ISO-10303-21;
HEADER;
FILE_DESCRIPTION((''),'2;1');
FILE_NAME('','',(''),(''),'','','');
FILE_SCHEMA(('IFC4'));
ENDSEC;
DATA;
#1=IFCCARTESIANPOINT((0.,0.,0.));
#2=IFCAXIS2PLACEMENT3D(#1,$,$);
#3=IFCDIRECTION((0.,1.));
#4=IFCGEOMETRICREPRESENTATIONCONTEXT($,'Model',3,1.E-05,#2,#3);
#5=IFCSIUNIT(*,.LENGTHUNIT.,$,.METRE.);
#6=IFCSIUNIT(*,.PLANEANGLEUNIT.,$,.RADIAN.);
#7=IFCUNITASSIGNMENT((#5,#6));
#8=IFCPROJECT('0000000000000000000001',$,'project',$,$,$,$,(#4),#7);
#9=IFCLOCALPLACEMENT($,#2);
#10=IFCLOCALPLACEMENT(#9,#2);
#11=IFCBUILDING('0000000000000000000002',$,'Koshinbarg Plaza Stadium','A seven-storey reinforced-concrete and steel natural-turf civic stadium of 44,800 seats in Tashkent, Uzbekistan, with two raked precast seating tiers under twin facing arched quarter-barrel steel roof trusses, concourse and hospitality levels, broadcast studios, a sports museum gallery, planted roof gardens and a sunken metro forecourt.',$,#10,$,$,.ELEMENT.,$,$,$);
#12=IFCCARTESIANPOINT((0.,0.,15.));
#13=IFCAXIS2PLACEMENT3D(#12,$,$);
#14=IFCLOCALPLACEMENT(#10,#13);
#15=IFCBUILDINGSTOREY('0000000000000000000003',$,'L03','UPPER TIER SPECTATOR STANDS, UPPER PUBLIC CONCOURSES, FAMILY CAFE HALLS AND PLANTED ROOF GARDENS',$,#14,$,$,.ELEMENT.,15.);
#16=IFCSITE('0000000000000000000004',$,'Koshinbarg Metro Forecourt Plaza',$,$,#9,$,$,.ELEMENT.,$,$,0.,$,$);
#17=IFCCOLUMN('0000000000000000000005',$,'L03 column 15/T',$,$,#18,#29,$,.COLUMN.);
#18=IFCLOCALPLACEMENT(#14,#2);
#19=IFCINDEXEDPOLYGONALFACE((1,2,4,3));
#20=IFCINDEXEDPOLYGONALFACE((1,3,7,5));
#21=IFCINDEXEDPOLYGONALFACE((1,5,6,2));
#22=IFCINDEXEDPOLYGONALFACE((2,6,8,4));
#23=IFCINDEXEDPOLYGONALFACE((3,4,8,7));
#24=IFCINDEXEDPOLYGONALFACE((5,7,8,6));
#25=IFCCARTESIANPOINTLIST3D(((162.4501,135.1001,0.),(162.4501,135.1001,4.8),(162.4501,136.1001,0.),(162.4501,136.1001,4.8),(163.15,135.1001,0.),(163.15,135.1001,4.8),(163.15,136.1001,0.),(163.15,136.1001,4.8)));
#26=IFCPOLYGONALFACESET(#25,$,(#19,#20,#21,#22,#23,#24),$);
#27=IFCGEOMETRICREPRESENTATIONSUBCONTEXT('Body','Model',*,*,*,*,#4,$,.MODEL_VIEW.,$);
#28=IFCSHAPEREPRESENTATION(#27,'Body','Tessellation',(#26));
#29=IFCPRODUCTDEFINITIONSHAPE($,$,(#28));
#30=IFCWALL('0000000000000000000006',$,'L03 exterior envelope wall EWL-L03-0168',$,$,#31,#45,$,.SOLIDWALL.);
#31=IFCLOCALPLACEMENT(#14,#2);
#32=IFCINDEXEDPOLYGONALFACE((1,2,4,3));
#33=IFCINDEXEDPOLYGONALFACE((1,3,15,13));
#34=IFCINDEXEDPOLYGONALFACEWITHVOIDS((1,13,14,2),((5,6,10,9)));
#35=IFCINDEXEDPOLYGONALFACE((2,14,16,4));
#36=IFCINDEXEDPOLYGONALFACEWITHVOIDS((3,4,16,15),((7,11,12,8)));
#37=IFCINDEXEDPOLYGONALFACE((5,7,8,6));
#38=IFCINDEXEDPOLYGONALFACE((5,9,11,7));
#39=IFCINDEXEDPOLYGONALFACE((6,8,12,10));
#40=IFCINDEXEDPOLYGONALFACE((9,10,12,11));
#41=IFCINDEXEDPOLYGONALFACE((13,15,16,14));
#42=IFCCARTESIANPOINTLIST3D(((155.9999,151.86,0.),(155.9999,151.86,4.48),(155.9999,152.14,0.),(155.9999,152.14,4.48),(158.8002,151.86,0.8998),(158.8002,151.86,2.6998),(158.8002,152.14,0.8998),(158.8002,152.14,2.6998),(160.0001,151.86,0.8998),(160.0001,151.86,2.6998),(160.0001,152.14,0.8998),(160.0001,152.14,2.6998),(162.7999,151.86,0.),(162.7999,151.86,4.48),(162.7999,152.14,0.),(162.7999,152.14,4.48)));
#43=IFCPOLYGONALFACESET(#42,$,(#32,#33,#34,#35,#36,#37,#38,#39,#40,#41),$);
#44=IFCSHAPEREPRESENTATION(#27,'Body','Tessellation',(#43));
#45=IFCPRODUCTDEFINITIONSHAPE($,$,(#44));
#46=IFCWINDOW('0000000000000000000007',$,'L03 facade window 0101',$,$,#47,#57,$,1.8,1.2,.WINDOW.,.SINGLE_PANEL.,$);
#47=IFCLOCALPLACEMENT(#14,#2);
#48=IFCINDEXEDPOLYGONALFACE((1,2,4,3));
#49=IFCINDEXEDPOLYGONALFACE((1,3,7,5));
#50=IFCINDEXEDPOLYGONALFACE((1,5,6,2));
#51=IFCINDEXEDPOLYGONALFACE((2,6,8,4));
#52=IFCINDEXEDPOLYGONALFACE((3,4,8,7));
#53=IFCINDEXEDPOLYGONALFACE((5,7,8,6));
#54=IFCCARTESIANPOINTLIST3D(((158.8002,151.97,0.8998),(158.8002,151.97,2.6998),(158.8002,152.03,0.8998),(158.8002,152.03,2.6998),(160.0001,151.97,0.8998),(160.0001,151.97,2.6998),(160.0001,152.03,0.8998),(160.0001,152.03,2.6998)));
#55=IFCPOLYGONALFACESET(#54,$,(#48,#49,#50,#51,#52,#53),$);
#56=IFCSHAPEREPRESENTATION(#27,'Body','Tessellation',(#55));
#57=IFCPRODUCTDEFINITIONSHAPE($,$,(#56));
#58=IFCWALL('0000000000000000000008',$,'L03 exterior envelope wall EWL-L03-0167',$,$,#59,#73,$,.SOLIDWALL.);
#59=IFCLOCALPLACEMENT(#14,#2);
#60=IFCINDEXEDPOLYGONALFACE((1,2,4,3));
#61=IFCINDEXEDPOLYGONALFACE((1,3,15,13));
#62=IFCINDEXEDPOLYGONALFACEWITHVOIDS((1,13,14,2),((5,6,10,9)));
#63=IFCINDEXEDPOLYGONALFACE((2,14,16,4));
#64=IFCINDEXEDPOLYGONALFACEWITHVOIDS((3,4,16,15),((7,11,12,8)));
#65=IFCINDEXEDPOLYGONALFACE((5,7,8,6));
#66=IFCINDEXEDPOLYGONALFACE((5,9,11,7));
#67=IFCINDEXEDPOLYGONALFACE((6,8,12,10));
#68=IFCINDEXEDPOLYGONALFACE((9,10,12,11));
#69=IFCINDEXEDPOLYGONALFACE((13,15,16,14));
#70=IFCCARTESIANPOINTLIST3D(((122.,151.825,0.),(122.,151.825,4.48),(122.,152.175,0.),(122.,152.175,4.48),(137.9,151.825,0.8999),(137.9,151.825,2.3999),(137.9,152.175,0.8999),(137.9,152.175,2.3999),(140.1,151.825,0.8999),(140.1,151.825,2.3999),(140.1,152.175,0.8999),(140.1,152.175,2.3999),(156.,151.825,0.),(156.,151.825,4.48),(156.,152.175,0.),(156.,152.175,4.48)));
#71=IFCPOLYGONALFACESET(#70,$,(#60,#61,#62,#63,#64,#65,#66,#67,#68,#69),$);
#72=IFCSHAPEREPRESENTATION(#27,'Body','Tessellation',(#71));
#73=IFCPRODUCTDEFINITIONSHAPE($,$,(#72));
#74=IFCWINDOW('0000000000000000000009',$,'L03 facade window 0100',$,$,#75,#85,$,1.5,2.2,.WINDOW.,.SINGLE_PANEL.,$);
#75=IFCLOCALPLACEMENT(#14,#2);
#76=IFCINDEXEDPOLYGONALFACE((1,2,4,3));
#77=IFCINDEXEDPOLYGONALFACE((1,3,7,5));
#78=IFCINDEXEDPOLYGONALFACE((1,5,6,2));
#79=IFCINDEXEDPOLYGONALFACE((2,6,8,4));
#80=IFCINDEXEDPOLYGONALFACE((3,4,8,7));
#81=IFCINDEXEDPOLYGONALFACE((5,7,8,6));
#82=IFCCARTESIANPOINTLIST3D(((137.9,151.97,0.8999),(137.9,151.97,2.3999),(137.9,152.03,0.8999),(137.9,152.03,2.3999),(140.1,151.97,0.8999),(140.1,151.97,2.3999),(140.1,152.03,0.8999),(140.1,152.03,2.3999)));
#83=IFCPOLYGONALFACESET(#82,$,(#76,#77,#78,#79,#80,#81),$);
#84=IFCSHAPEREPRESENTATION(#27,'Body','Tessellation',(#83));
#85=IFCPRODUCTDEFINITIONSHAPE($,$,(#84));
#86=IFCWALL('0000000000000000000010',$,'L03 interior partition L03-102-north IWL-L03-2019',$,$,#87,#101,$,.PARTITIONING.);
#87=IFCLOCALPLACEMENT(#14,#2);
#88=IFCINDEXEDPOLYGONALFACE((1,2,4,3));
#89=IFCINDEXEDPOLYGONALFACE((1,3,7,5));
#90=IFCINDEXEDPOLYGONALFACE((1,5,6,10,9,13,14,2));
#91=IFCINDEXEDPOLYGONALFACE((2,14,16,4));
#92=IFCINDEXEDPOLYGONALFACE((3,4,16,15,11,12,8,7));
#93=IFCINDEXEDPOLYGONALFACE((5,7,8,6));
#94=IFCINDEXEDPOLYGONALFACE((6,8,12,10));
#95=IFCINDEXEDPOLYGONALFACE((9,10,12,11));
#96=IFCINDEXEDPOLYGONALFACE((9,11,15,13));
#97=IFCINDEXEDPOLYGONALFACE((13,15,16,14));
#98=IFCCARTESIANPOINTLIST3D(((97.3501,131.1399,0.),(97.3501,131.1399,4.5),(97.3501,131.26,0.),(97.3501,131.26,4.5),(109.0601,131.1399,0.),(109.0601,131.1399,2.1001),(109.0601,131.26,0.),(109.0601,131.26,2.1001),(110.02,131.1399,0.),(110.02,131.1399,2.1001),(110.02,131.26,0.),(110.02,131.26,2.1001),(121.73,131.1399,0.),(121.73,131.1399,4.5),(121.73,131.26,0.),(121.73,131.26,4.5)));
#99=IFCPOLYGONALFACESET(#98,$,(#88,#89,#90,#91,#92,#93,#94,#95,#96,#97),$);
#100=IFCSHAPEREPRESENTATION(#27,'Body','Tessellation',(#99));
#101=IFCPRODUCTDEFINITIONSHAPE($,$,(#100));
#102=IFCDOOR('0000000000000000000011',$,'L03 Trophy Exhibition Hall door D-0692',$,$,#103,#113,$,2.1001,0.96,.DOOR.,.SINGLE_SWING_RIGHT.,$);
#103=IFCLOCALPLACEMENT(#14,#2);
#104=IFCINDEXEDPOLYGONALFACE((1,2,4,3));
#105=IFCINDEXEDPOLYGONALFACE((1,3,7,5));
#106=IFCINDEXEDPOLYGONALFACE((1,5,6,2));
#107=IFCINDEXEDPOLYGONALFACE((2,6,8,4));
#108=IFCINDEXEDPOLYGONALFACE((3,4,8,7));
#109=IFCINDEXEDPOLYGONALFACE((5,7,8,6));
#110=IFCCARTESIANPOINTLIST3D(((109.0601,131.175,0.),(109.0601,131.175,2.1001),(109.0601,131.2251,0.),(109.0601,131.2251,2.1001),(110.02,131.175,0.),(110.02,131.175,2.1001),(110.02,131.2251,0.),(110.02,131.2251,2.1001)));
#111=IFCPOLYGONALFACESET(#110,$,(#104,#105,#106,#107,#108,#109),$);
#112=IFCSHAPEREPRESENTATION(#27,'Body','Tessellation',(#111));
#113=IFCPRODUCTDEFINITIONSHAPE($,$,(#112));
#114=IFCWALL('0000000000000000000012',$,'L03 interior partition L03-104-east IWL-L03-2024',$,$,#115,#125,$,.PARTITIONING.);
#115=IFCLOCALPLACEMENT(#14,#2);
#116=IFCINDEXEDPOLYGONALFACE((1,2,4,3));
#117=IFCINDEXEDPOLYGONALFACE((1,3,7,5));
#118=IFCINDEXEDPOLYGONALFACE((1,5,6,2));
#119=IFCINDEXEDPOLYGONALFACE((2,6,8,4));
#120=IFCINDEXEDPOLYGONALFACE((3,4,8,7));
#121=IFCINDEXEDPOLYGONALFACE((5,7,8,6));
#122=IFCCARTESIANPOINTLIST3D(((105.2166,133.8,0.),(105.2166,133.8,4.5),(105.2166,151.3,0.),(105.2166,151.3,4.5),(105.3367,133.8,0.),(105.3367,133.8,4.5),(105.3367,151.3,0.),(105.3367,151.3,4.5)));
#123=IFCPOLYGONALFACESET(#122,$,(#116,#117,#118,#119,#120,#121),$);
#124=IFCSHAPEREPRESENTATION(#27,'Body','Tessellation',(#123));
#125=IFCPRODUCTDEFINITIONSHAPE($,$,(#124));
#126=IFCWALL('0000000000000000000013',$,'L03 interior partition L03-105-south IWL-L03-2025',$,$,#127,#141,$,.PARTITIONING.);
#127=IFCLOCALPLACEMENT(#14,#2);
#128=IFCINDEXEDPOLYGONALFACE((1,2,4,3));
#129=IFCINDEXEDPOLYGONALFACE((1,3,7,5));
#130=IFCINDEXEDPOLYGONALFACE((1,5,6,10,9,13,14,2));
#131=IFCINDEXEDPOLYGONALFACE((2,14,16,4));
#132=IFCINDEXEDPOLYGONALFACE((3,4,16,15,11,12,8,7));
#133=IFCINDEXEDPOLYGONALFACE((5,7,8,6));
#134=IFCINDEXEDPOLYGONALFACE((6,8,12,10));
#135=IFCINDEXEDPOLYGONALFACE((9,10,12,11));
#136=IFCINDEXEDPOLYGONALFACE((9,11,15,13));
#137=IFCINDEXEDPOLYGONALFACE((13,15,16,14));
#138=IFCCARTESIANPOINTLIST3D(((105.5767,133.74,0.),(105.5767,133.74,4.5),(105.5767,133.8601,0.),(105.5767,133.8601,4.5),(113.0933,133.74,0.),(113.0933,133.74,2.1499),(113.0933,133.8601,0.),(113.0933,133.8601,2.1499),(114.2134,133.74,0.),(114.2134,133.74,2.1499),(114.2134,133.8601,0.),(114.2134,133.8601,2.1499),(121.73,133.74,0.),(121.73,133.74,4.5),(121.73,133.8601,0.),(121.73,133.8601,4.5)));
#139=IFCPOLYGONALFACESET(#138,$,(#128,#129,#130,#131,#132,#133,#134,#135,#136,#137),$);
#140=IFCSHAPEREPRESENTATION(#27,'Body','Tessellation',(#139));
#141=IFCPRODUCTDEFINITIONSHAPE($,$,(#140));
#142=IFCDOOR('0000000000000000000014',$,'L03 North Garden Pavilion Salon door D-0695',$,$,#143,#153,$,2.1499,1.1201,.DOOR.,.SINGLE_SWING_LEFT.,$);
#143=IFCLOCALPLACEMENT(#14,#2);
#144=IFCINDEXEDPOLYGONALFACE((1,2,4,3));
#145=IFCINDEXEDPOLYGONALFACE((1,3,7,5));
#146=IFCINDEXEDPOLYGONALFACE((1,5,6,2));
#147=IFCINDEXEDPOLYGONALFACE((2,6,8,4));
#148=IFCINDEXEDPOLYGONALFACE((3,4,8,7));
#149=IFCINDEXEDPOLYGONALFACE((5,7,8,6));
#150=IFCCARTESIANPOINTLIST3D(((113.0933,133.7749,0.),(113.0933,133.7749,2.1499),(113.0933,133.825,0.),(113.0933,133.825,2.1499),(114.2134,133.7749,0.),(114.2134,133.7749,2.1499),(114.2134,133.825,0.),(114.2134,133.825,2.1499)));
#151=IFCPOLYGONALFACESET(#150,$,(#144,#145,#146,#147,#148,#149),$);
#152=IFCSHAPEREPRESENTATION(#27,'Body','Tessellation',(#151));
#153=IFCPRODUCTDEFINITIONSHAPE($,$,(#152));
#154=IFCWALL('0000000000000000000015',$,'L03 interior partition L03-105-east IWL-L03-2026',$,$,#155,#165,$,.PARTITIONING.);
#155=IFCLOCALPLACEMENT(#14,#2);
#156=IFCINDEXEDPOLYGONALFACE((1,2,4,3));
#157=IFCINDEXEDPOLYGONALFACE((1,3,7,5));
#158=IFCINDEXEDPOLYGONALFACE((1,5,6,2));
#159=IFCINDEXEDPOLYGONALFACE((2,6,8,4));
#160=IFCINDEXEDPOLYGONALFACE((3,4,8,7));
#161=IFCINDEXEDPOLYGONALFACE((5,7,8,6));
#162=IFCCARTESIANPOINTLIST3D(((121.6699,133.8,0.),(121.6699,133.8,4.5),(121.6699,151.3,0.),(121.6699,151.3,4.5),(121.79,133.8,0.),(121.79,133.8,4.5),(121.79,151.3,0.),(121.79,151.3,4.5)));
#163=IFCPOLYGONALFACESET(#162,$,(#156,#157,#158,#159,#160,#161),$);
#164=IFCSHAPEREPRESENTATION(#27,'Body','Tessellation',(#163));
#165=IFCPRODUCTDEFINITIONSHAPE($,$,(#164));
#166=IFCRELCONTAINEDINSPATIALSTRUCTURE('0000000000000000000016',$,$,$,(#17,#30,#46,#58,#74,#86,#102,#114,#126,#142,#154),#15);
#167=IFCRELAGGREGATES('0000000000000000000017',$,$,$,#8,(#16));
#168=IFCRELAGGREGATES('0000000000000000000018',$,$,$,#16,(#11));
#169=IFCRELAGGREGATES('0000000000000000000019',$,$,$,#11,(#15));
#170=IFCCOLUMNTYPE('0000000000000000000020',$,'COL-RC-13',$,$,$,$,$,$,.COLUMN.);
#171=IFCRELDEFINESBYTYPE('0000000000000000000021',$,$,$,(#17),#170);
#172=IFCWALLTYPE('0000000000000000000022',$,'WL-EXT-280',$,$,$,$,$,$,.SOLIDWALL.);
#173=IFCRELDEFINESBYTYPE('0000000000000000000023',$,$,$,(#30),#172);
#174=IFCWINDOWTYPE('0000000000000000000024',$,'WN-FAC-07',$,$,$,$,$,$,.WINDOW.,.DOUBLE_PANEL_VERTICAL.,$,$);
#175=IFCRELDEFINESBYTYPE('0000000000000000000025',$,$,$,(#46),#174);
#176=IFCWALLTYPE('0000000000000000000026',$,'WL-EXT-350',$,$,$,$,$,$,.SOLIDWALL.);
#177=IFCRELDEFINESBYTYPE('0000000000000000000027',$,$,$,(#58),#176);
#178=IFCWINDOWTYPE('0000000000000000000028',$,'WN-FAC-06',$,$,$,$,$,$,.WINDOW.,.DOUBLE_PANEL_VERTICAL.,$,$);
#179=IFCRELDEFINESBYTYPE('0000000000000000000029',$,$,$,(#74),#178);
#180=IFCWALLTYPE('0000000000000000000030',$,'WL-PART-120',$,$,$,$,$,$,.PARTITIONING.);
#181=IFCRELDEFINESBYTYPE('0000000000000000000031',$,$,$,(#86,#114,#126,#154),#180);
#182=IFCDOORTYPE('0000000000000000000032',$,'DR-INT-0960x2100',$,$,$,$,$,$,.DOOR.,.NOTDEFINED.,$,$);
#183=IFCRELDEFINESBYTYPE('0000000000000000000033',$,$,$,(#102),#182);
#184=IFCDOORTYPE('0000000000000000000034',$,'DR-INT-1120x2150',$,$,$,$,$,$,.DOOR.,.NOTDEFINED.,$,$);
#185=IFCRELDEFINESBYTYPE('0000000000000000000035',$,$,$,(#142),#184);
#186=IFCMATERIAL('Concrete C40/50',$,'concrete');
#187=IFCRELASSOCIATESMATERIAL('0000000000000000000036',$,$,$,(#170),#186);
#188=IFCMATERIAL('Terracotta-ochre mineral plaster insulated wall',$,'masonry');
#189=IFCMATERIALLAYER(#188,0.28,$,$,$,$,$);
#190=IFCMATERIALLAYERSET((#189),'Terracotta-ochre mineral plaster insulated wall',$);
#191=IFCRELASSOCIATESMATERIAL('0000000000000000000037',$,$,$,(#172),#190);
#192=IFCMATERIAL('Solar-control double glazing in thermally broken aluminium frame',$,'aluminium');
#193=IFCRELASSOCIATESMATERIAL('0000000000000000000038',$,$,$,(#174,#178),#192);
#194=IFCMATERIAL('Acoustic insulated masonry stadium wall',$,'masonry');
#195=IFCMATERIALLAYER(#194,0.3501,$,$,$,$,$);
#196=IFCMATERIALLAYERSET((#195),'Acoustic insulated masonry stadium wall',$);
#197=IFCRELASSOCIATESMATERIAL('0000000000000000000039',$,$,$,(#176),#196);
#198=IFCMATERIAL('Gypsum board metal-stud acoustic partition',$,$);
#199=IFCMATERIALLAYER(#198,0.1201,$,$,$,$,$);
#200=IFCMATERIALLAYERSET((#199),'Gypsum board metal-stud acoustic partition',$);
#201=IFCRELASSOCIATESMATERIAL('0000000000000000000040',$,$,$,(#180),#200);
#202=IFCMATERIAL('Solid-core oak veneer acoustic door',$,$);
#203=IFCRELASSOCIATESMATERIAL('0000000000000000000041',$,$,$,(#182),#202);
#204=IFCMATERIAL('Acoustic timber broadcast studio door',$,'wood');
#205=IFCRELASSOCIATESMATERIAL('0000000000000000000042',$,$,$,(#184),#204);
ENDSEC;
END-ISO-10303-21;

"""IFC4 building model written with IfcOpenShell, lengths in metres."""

from ifc_helpers import new_model, si_unit, direction, frame, frame_2d, origin, origin_2d, place, context, subcontext, project, spatial, rectangle, extrude, material, layer, layer_set, material_profile, profile_set, type_object, element, fill, save


model = new_model("IFC4")

# Units and contexts
model_context = context("Model", 3, precision=1e-05, world=origin(), true_north=direction((0.0, 1.0)))
body_context = subcontext(model_context, "Body", "Model", "MODEL_VIEW")
ifc_project = project(units=[si_unit("LENGTHUNIT", "METRE"), si_unit("PLANEANGLEUNIT", "RADIAN")], contexts=[model_context])

# Site, building, storey
site_placement = place(None, origin())
site = spatial("IfcSite", under=ifc_project, at=site_placement, Name="Koshinbarg Metro Forecourt Plaza", CompositionType="ELEMENT", RefElevation=0.0)
building_placement = place(site_placement, origin())
building = spatial("IfcBuilding", under=site, at=building_placement, Name="Koshinbarg Plaza Stadium", Description="A seven-storey reinforced-concrete and steel natural-turf civic stadium of 44,800 seats in Tashkent, Uzbekistan, with two raked precast seating tiers under twin facing arched quarter-barrel steel roof trusses, concourse and hospitality levels, broadcast studios, a sports museum gallery, planted roof gardens and a sunken metro forecourt.", CompositionType="ELEMENT")
storey_placement = place(building_placement, frame((0.0, 0.0, 15.0)))
storey = spatial("IfcBuildingStorey", under=building, at=storey_placement, Name="L03", Description="UPPER TIER SPECTATOR STANDS, UPPER PUBLIC CONCOURSES, FAMILY CAFE HALLS AND PLANTED ROOF GARDENS", CompositionType="ELEMENT", Elevation=15.0)

# Column
ifc_material_1 = material(Name="Concrete C40/50", Category="concrete")
ifc_material_profile = material_profile(ifc_material_1, rectangle(XDim=0.7, YDim=1.0, at=origin_2d()), Name="RC 700x1000")
ifc_profile_set = profile_set([ifc_material_profile], Name="Concrete C40/50")
column_type = type_object("IfcColumnType", Name="COL-RC-13", PredefinedType="COLUMN", material=ifc_profile_set)
column_placement = place(storey_placement, frame((162.8, 135.6001, 0.0), z_axis=(0.0, 0.0, 1.0), x_axis=(1.0, 0.0, 0.0)))
element("IfcColumn", 1, at=column_placement, inside=storey, type_object=column_type, Name="L03 column 15/T", PredefinedType="COLUMN", context=body_context, shape_type="SweptSolid", body=[
    extrude(rectangle(XDim=0.7, YDim=1.0, at=origin_2d()), origin(), (0.0, 0.0, 1.0), 4.8),
])

# Walls, openings, windows
ifc_material_2 = material(Name="Terracotta-ochre mineral plaster insulated wall", Category="masonry")
ifc_layer_1 = layer(ifc_material_2, 0.28)
ifc_layer_set_1 = layer_set([ifc_layer_1], Name="Terracotta-ochre mineral plaster insulated wall")
wall_type_1 = type_object("IfcWallType", Name="WL-EXT-280", PredefinedType="SOLIDWALL", material=ifc_layer_set_1)
wall_1_placement = place(storey_placement, frame((156.0, 152.0, 0.0), z_axis=(0.0, 0.0, 1.0), x_axis=(1.0, 0.0, 0.0)))
wall_1 = element("IfcWall", 2, at=wall_1_placement, inside=storey, type_object=wall_type_1, Name="L03 exterior envelope wall EWL-L03-0168", PredefinedType="SOLIDWALL", context=body_context, shape_type="SweptSolid", body=[
    extrude(rectangle(XDim=6.8, YDim=0.28, at=frame_2d((3.3999, 0.0))), origin(), (0.0, 0.0, 1.0), 4.48),
])
opening_1_placement = place(wall_1_placement, frame((2.8, 0.0, 0.8999)))
opening_1 = element("IfcOpeningElement", 3, at=opening_1_placement, cuts=wall_1, PredefinedType="OPENING", context=body_context, shape_type="SweptSolid", body=[
    extrude(rectangle(XDim=1.2, YDim=1.8, at=frame_2d((0.6001, 0.8999))), frame((0.0, 0.1499, 0.0), z_axis=(0.0, -1.0, 0.0), x_axis=(1.0, 0.0, 0.0)), (0.0, 0.0, 1.0), 0.3),
])
ifc_material_3 = material(Name="Solar-control double glazing in thermally broken aluminium frame", Category="aluminium")
window_type_1 = type_object("IfcWindowType", Name="WN-FAC-07", PartitioningType="DOUBLE_PANEL_VERTICAL", PredefinedType="WINDOW", material=ifc_material_3)
window_1_placement = place(opening_1_placement, origin())
window_1 = element("IfcWindow", 4, at=window_1_placement, inside=storey, type_object=window_type_1, Name="L03 facade window 0101", OverallHeight=1.8, OverallWidth=1.2, PartitioningType="SINGLE_PANEL", PredefinedType="WINDOW", context=body_context, shape_type="SweptSolid", body=[
    extrude(rectangle(XDim=1.2, YDim=1.8, at=frame_2d((0.6001, 0.8999))), frame((0.0, 0.03, 0.0), z_axis=(0.0, -1.0, 0.0), x_axis=(1.0, 0.0, 0.0)), (0.0, 0.0, 1.0), 0.0601),
])
fill(opening_1, window_1)
ifc_material_4 = material(Name="Acoustic insulated masonry stadium wall", Category="masonry")
ifc_layer_2 = layer(ifc_material_4, 0.3501)
ifc_layer_set_2 = layer_set([ifc_layer_2], Name="Acoustic insulated masonry stadium wall")
wall_type_2 = type_object("IfcWallType", Name="WL-EXT-350", PredefinedType="SOLIDWALL", material=ifc_layer_set_2)
wall_2_placement = place(storey_placement, frame((122.0, 152.0, 0.0), z_axis=(0.0, 0.0, 1.0), x_axis=(1.0, 0.0, 0.0)))
wall_2 = element("IfcWall", 5, at=wall_2_placement, inside=storey, type_object=wall_type_2, Name="L03 exterior envelope wall EWL-L03-0167", PredefinedType="SOLIDWALL", context=body_context, shape_type="SweptSolid", body=[
    extrude(rectangle(XDim=34.0, YDim=0.3501, at=frame_2d((17.0, 0.0))), origin(), (0.0, 0.0, 1.0), 4.48),
])
opening_2_placement = place(wall_2_placement, frame((15.8999, 0.0, 0.8999)))
opening_2 = element("IfcOpeningElement", 6, at=opening_2_placement, cuts=wall_2, PredefinedType="OPENING", context=body_context, shape_type="SweptSolid", body=[
    extrude(rectangle(XDim=2.2, YDim=1.5, at=frame_2d((1.1001, 0.75))), frame((0.0, 0.1851, 0.0), z_axis=(0.0, -1.0, 0.0), x_axis=(1.0, 0.0, 0.0)), (0.0, 0.0, 1.0), 0.3701),
])
window_type_2 = type_object("IfcWindowType", Name="WN-FAC-06", PartitioningType="DOUBLE_PANEL_VERTICAL", PredefinedType="WINDOW", material=ifc_material_3)
window_2_placement = place(opening_2_placement, origin())
window_2 = element("IfcWindow", 7, at=window_2_placement, inside=storey, type_object=window_type_2, Name="L03 facade window 0100", OverallHeight=1.5, OverallWidth=2.2, PartitioningType="SINGLE_PANEL", PredefinedType="WINDOW", context=body_context, shape_type="SweptSolid", body=[
    extrude(rectangle(XDim=2.2, YDim=1.5, at=frame_2d((1.1001, 0.75))), frame((0.0, 0.03, 0.0), z_axis=(0.0, -1.0, 0.0), x_axis=(1.0, 0.0, 0.0)), (0.0, 0.0, 1.0), 0.0601),
])
fill(opening_2, window_2)

# Wall, opening, door
ifc_material_5 = material(Name="Gypsum board metal-stud acoustic partition")
ifc_layer_3 = layer(ifc_material_5, 0.1201)
ifc_layer_set_3 = layer_set([ifc_layer_3], Name="Gypsum board metal-stud acoustic partition")
wall_type_3 = type_object("IfcWallType", Name="WL-PART-120", PredefinedType="PARTITIONING", material=ifc_layer_set_3)
wall_3_placement = place(storey_placement, frame((121.73, 131.2, 0.0), z_axis=(0.0, 0.0, 1.0), x_axis=(-1.0, 0.0, 0.0)))
wall_3 = element("IfcWall", 8, at=wall_3_placement, inside=storey, type_object=wall_type_3, Name="L03 interior partition L03-102-north IWL-L03-2019", PredefinedType="PARTITIONING", context=body_context, shape_type="SweptSolid", body=[
    extrude(rectangle(XDim=24.3799, YDim=0.1201, at=frame_2d((12.1899, 0.0))), origin(), (0.0, 0.0, 1.0), 4.5),
])
opening_3_placement = place(wall_3_placement, frame((11.71, 0.0, 0.0)))
opening_3 = element("IfcOpeningElement", 9, at=opening_3_placement, cuts=wall_3, PredefinedType="OPENING", context=body_context, shape_type="SweptSolid", body=[
    extrude(rectangle(XDim=0.96, YDim=2.1001, at=frame_2d((0.48, 1.05))), frame((0.0, 0.0701, 0.0), z_axis=(0.0, -1.0, 0.0), x_axis=(1.0, 0.0, 0.0)), (0.0, 0.0, 1.0), 0.1401),
])
ifc_material_6 = material(Name="Solid-core oak veneer acoustic door")
door_type_1 = type_object("IfcDoorType", Name="DR-INT-0960x2100", OperationType="NOTDEFINED", PredefinedType="DOOR", material=ifc_material_6)
door_1_placement = place(opening_3_placement, origin())
door_1 = element("IfcDoor", 10, at=door_1_placement, inside=storey, type_object=door_type_1, Name="L03 Trophy Exhibition Hall door D-0692", OperationType="SINGLE_SWING_RIGHT", OverallHeight=2.1001, OverallWidth=0.96, PredefinedType="DOOR", context=body_context, shape_type="SweptSolid", body=[
    extrude(rectangle(XDim=0.96, YDim=2.1001, at=frame_2d((0.48, 1.05))), frame((0.0, 0.0249, 0.0), z_axis=(0.0, -1.0, 0.0), x_axis=(1.0, 0.0, 0.0)), (0.0, 0.0, 1.0), 0.05),
])
fill(opening_3, door_1)

# Wall
wall_4_placement = place(storey_placement, frame((105.2766, 133.8, 0.0), z_axis=(0.0, 0.0, 1.0), x_axis=(0.0, 1.0, 0.0)))
element("IfcWall", 11, at=wall_4_placement, inside=storey, type_object=wall_type_3, Name="L03 interior partition L03-104-east IWL-L03-2024", PredefinedType="PARTITIONING", context=body_context, shape_type="SweptSolid", body=[
    extrude(rectangle(XDim=17.5, YDim=0.1201, at=frame_2d((8.75, 0.0))), origin(), (0.0, 0.0, 1.0), 4.5),
])

# Wall, opening, door
wall_5_placement = place(storey_placement, frame((105.5767, 133.8, 0.0), z_axis=(0.0, 0.0, 1.0), x_axis=(1.0, 0.0, 0.0)))
wall_5 = element("IfcWall", 12, at=wall_5_placement, inside=storey, type_object=wall_type_3, Name="L03 interior partition L03-105-south IWL-L03-2025", PredefinedType="PARTITIONING", context=body_context, shape_type="SweptSolid", body=[
    extrude(rectangle(XDim=16.1533, YDim=0.1201, at=frame_2d((8.0767, 0.0))), origin(), (0.0, 0.0, 1.0), 4.5),
])
opening_4_placement = place(wall_5_placement, frame((7.5166, 0.0, 0.0)))
opening_4 = element("IfcOpeningElement", 13, at=opening_4_placement, cuts=wall_5, PredefinedType="OPENING", context=body_context, shape_type="SweptSolid", body=[
    extrude(rectangle(XDim=1.1201, YDim=2.1499, at=frame_2d((0.5601, 1.075))), frame((0.0, 0.0701, 0.0), z_axis=(0.0, -1.0, 0.0), x_axis=(1.0, 0.0, 0.0)), (0.0, 0.0, 1.0), 0.1401),
])
ifc_material_7 = material(Name="Acoustic timber broadcast studio door", Category="wood")
door_type_2 = type_object("IfcDoorType", Name="DR-INT-1120x2150", OperationType="NOTDEFINED", PredefinedType="DOOR", material=ifc_material_7)
door_2_placement = place(opening_4_placement, origin())
door_2 = element("IfcDoor", 14, at=door_2_placement, inside=storey, type_object=door_type_2, Name="L03 North Garden Pavilion Salon door D-0695", OperationType="SINGLE_SWING_LEFT", OverallHeight=2.1499, OverallWidth=1.1201, PredefinedType="DOOR", context=body_context, shape_type="SweptSolid", body=[
    extrude(rectangle(XDim=1.1201, YDim=2.1499, at=frame_2d((0.5601, 1.075))), frame((0.0, 0.0249, 0.0), z_axis=(0.0, -1.0, 0.0), x_axis=(1.0, 0.0, 0.0)), (0.0, 0.0, 1.0), 0.05),
])
fill(opening_4, door_2)

# Wall
wall_6_placement = place(storey_placement, frame((121.73, 133.8, 0.0), z_axis=(0.0, 0.0, 1.0), x_axis=(0.0, 1.0, 0.0)))
element("IfcWall", 15, at=wall_6_placement, inside=storey, type_object=wall_type_3, Name="L03 interior partition L03-105-east IWL-L03-2026", PredefinedType="PARTITIONING", context=body_context, shape_type="SweptSolid", body=[
    extrude(rectangle(XDim=17.5, YDim=0.1201, at=frame_2d((8.75, 0.0))), origin(), (0.0, 0.0, 1.0), 4.5),
])

save(model, "model.ifc")
